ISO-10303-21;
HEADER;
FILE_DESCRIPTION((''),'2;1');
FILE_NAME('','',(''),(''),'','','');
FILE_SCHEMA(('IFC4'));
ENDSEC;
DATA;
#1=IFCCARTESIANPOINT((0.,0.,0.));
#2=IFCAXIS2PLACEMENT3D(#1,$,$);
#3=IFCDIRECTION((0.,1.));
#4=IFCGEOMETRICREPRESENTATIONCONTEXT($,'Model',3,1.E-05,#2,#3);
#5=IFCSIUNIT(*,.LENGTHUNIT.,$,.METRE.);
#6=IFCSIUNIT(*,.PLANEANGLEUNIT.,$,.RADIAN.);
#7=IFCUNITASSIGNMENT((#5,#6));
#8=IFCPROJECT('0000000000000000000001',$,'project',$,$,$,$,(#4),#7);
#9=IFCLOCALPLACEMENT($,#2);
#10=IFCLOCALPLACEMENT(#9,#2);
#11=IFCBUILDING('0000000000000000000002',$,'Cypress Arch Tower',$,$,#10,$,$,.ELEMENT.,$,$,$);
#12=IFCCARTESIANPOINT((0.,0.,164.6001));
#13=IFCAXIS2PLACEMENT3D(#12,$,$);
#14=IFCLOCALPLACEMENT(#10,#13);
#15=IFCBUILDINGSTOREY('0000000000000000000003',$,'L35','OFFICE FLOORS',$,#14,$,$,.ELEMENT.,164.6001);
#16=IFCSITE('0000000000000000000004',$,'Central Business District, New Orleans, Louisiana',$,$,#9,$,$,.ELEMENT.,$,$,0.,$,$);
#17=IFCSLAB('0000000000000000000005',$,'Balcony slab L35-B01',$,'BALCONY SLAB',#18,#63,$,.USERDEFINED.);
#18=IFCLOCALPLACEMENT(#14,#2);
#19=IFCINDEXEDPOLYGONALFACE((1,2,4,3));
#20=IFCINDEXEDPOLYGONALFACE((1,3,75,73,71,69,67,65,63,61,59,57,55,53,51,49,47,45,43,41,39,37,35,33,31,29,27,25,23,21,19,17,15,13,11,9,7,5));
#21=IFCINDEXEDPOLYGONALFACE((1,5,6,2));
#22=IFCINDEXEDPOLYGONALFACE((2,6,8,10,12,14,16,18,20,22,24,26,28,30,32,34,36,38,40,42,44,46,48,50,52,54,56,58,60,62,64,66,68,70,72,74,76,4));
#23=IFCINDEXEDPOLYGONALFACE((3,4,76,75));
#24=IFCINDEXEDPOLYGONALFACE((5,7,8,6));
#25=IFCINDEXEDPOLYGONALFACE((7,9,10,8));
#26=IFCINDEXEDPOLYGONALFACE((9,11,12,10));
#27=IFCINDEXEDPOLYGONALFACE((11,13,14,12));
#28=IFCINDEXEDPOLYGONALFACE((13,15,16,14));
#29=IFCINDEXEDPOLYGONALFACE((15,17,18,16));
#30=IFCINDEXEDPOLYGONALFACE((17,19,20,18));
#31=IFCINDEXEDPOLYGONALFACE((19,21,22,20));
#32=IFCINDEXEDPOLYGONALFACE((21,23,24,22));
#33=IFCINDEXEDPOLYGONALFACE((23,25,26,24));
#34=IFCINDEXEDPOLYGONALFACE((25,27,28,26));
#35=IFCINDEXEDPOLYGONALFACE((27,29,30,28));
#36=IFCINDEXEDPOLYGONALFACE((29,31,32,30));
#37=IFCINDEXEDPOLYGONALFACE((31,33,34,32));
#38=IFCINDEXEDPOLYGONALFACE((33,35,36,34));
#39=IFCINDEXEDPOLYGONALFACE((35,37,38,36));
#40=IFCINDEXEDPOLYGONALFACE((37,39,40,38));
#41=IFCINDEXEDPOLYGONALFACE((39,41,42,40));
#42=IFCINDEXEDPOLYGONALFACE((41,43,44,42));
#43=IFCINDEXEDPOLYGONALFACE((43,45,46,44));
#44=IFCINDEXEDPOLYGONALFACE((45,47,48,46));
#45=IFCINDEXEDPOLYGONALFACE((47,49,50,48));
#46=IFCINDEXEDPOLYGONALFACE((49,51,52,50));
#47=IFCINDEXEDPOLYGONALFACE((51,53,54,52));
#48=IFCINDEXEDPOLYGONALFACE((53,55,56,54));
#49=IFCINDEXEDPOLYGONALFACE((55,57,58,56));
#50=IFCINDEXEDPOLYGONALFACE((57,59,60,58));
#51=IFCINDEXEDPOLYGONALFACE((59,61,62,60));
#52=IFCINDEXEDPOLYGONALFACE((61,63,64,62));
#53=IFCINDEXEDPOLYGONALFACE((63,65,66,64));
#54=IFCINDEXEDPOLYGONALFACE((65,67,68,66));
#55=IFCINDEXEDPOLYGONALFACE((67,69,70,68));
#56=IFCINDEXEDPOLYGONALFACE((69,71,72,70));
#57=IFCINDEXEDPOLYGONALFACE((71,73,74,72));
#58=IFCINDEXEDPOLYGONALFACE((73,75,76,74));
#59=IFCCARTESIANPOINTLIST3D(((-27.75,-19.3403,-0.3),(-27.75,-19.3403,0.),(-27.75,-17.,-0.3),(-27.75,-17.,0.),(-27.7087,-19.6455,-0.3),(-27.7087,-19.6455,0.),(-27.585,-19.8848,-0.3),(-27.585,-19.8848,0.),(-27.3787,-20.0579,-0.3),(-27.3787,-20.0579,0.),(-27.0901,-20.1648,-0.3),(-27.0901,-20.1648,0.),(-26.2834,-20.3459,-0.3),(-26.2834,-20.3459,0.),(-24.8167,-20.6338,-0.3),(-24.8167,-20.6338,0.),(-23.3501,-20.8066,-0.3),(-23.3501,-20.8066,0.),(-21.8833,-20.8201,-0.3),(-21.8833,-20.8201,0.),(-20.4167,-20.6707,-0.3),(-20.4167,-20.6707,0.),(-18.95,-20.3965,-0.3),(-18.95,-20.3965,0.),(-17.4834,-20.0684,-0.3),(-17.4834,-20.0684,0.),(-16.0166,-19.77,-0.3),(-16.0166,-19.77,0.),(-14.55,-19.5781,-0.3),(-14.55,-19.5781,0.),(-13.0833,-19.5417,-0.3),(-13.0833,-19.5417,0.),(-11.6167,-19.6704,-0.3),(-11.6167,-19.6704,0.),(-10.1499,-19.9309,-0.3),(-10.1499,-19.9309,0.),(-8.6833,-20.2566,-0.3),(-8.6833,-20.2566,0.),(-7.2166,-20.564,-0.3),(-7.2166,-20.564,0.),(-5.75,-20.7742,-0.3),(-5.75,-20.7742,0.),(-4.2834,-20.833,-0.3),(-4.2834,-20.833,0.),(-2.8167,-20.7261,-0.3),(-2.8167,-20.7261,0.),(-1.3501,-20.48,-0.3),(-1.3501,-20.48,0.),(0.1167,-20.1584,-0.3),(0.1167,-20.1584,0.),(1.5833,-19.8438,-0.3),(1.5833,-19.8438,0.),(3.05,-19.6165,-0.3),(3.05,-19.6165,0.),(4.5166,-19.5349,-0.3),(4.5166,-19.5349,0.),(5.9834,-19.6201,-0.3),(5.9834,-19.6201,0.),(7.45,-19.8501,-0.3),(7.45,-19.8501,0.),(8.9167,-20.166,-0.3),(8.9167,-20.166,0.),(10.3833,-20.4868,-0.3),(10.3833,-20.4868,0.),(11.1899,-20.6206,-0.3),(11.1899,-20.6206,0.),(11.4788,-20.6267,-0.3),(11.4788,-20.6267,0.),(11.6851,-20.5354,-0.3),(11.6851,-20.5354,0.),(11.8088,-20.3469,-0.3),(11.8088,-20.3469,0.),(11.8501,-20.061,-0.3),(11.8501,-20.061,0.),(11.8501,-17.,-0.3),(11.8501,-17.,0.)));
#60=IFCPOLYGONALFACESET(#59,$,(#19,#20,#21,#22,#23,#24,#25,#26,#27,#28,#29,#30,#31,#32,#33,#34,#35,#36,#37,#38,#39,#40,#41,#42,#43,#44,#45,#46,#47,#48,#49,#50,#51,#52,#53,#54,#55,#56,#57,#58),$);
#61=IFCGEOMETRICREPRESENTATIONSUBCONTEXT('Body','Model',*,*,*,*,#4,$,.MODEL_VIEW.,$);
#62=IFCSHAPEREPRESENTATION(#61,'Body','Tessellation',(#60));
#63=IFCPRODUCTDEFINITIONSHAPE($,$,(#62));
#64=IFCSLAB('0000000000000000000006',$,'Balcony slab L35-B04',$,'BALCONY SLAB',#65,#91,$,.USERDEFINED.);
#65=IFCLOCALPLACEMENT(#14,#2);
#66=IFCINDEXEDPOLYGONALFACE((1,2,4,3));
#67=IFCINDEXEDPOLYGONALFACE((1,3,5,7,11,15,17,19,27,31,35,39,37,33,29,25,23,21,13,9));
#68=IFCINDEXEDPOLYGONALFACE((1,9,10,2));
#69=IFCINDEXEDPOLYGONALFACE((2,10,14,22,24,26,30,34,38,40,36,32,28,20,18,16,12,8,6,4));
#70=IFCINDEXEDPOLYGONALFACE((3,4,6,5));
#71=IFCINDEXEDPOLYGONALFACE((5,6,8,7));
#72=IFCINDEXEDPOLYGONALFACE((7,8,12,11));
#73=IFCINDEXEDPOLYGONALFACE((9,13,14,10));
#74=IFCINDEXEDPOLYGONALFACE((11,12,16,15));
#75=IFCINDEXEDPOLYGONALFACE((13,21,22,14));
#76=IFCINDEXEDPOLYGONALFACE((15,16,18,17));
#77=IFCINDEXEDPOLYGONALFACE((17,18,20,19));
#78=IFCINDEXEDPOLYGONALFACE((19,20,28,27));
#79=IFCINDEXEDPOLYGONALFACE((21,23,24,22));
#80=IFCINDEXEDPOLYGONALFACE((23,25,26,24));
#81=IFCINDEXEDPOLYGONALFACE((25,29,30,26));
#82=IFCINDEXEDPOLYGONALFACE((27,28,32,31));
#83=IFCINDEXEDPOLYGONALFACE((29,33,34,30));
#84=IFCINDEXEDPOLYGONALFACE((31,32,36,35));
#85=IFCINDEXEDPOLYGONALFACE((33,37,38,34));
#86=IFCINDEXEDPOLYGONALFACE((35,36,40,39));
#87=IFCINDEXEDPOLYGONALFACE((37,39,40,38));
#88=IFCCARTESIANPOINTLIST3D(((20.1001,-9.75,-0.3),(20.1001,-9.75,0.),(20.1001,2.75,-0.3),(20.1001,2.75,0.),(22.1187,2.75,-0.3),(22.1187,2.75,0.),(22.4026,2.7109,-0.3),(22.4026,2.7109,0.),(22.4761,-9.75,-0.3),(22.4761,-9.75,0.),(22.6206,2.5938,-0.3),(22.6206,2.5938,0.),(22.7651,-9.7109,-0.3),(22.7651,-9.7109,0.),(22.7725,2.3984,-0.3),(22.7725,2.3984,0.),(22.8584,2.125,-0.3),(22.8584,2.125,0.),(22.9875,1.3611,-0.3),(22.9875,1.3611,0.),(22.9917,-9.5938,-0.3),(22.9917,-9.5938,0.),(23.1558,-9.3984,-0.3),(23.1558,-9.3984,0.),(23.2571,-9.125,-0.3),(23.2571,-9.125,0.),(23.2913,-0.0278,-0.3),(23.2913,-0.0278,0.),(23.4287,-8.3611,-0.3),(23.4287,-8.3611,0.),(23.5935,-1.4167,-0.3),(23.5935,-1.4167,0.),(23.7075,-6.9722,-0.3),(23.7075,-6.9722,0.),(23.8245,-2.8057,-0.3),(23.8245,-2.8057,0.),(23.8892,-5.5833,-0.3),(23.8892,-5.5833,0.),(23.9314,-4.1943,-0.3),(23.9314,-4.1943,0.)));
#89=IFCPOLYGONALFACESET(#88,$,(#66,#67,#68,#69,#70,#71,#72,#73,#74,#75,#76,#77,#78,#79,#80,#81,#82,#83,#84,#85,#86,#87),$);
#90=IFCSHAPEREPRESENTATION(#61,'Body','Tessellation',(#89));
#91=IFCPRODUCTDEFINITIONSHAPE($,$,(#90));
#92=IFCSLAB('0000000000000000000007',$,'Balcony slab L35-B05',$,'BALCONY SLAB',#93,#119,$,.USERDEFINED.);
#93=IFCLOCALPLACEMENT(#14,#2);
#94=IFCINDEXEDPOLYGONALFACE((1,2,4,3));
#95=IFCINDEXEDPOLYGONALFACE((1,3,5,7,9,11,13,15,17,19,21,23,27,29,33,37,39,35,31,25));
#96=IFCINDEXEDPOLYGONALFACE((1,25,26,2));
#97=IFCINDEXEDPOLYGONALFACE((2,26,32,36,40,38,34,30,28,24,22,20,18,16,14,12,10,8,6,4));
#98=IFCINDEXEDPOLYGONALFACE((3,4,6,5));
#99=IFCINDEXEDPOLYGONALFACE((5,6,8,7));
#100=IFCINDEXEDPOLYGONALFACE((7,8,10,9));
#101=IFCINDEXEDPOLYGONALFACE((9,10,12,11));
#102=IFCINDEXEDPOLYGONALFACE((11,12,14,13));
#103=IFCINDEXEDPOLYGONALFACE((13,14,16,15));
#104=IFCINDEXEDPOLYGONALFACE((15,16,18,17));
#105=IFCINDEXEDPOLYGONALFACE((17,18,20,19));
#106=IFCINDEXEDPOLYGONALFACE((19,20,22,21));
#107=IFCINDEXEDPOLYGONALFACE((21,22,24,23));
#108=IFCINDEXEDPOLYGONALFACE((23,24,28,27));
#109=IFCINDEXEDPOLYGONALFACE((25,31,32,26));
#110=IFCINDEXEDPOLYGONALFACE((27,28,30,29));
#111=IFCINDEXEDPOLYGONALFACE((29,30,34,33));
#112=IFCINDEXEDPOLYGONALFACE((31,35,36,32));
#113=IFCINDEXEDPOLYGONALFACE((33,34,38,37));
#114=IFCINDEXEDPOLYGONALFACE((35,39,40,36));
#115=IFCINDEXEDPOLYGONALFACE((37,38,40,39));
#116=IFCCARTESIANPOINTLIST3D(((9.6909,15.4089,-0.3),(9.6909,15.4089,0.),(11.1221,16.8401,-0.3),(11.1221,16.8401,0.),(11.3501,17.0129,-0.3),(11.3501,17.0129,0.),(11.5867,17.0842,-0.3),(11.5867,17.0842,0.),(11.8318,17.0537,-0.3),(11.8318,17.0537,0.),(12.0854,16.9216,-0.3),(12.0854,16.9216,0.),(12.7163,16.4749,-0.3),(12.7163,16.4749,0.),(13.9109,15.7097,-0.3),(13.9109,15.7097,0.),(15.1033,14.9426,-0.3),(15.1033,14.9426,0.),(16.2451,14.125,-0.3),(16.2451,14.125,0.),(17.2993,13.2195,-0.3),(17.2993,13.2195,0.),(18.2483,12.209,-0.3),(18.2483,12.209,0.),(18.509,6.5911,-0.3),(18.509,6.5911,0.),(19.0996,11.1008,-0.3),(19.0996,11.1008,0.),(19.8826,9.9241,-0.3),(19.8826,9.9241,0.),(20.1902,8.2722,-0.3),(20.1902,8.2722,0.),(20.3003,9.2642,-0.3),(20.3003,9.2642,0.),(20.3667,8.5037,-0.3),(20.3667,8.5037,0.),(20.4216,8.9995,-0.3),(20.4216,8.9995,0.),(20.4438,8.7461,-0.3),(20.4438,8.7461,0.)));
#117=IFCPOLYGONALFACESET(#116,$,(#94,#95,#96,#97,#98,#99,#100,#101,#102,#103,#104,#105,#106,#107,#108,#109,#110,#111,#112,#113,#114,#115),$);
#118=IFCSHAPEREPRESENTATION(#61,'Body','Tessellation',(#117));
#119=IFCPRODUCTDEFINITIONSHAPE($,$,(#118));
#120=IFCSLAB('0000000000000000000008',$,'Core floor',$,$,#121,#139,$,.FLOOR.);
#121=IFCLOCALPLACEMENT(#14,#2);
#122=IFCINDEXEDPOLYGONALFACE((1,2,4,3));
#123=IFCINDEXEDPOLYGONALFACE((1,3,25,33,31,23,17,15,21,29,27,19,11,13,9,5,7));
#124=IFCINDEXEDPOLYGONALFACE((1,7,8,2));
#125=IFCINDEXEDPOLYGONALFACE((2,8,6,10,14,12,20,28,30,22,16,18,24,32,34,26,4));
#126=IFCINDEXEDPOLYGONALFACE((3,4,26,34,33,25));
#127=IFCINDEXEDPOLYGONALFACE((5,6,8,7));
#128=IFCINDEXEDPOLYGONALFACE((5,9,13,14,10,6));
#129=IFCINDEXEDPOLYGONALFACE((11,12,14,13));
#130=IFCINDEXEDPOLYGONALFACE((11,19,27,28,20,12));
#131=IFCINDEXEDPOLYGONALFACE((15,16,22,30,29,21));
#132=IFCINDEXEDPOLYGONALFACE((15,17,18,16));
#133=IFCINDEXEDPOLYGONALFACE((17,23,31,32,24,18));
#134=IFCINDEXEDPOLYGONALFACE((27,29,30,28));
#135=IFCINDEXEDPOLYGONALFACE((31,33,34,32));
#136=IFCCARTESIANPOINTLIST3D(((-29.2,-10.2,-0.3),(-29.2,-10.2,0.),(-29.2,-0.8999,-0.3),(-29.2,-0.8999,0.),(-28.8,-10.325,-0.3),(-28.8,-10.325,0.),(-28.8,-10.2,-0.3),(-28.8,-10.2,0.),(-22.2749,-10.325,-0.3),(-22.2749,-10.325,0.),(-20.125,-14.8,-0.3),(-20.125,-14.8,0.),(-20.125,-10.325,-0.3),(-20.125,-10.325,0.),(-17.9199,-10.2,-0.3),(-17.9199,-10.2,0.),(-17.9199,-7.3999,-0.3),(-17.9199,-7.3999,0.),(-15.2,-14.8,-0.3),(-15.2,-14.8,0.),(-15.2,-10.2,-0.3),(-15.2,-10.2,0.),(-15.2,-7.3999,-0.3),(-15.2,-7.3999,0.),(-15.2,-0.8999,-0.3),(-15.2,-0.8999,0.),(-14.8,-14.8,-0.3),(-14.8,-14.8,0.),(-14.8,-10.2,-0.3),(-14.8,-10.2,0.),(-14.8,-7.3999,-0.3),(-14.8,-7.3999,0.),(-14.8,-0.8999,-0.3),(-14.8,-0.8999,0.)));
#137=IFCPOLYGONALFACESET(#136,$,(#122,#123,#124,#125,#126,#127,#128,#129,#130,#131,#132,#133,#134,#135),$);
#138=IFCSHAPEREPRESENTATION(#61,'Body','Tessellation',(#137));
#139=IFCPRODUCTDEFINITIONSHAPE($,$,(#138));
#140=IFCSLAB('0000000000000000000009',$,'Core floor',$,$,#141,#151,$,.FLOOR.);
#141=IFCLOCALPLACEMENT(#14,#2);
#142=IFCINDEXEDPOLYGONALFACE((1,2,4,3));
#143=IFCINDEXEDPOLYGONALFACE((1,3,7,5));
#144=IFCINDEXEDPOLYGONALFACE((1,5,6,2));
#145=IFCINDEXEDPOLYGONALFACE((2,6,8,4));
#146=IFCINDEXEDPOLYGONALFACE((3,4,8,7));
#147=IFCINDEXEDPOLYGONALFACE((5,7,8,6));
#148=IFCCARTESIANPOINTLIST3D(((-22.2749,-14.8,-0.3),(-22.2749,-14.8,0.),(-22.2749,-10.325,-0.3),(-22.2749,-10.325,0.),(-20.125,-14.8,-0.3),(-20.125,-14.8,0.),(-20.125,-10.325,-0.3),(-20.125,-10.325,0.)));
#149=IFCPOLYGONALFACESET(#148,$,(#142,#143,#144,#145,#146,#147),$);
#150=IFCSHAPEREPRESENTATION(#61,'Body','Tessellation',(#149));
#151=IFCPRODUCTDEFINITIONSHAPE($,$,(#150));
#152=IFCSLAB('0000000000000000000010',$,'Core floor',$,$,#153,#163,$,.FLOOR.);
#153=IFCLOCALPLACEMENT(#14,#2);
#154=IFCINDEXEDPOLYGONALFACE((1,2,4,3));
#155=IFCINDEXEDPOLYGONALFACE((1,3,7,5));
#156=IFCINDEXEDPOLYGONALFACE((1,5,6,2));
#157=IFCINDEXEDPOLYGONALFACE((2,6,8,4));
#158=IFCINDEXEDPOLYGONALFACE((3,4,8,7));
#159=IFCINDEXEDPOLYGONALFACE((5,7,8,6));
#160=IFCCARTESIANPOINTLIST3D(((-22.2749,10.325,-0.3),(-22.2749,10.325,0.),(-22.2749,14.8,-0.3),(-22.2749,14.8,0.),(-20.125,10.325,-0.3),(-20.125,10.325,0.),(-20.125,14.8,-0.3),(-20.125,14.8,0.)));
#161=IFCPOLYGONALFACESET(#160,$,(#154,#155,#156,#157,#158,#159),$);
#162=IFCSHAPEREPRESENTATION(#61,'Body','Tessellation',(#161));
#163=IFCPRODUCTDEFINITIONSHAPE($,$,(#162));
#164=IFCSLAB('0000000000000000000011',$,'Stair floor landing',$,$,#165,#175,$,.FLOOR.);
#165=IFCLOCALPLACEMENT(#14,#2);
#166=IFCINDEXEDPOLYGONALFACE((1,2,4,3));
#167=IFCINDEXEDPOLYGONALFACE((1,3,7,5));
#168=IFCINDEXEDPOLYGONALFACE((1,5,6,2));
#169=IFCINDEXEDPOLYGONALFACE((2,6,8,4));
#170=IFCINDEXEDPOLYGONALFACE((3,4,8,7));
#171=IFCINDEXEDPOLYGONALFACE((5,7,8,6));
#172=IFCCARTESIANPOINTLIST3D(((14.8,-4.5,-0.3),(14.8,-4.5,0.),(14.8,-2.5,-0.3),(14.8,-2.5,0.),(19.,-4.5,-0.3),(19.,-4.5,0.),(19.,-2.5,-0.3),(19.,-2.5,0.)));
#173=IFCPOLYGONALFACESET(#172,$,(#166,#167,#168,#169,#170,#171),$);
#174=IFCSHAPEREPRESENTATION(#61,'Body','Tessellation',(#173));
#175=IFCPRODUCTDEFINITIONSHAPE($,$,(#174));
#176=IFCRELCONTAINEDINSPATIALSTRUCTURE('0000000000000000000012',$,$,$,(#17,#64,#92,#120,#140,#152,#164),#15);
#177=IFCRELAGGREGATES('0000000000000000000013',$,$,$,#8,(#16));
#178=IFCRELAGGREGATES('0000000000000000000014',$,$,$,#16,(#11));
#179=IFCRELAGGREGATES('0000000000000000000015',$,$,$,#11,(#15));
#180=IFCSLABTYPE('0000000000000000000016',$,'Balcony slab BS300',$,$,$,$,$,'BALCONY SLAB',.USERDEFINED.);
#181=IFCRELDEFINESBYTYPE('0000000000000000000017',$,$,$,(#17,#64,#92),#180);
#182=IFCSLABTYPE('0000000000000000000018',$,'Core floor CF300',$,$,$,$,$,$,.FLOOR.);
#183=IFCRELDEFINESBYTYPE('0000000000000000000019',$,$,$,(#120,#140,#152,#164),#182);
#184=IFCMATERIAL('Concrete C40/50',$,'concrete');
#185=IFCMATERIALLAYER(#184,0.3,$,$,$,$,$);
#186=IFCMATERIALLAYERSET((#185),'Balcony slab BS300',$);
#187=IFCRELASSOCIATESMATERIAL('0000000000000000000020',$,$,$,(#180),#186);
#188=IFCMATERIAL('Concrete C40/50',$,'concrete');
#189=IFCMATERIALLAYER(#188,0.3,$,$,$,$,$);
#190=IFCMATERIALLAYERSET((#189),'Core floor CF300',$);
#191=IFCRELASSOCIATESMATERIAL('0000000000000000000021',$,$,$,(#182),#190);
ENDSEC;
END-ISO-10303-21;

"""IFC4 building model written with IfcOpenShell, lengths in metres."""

from ifc_helpers import new_model, si_unit, direction, frame, origin, place, context, subcontext, project, spatial, polyline, outline, extrude, material, layer, layer_set, type_object, element, save


model = new_model("IFC4")

# Units and contexts
model_context = context("Model", 3, precision=1e-05, world=origin(), true_north=direction((0.0, 1.0)))
body_context = subcontext(model_context, "Body", "Model", "MODEL_VIEW")
ifc_project = project(units=[si_unit("LENGTHUNIT", "METRE"), si_unit("PLANEANGLEUNIT", "RADIAN")], contexts=[model_context])

# Site, building, storey
site_placement = place(None, origin())
site = spatial("IfcSite", under=ifc_project, at=site_placement, Name="Central Business District, New Orleans, Louisiana", CompositionType="ELEMENT", RefElevation=0.0)
building_placement = place(site_placement, origin())
building = spatial("IfcBuilding", under=site, at=building_placement, Name="Cypress Arch Tower", CompositionType="ELEMENT")
storey_placement = place(building_placement, frame((0.0, 0.0, 164.6001)))
storey = spatial("IfcBuildingStorey", under=building, at=storey_placement, Name="L35", Description="OFFICE FLOORS", CompositionType="ELEMENT", Elevation=164.6001)

# Slabs
ifc_material_1 = material(Name="Concrete C40/50", Category="concrete")
ifc_layer_1 = layer(ifc_material_1, 0.3)
ifc_layer_set_1 = layer_set([ifc_layer_1], Name="Balcony slab BS300")
slab_type_1 = type_object("IfcSlabType", Name="Balcony slab BS300", ElementType="BALCONY SLAB", PredefinedType="USERDEFINED", material=ifc_layer_set_1)
slab_1_placement = place(storey_placement, frame((0.0, 0.0, -0.3)))
element("IfcSlab", 1, at=slab_1_placement, inside=storey, type_object=slab_type_1, Name="Balcony slab L35-B01", ObjectType="BALCONY SLAB", PredefinedType="USERDEFINED", context=body_context, shape_type="SweptSolid", body=[
    extrude(outline(polyline([(-27.75, -17.0), (-27.75, -19.3403), (-27.7087, -19.6455), (-27.585, -19.8848), (-27.3787, -20.0579), (-27.0901, -20.1648), (-26.2834, -20.3459), (-24.8167, -20.6338), (-23.3501, -20.8066), (-21.8833, -20.8201), (-20.4167, -20.6707), (-18.95, -20.3965), (-17.4834, -20.0684), (-16.0166, -19.77), (-14.55, -19.5781), (-13.0833, -19.5417), (-11.6167, -19.6704), (-10.1499, -19.9309), (-8.6833, -20.2566), (-7.2166, -20.564), (-5.75, -20.7742), (-4.2834, -20.833), (-2.8167, -20.7261), (-1.3501, -20.48), (0.1167, -20.1584), (1.5833, -19.8438), (3.05, -19.6165), (4.5166, -19.5349), (5.9834, -19.6201), (7.45, -19.8501), (8.9167, -20.166), (10.3833, -20.4868), (11.1899, -20.6206), (11.4788, -20.6267), (11.6851, -20.5354), (11.8088, -20.3469), (11.8501, -20.061), (11.8501, -17.0), (-27.75, -17.0)])), origin(), (0.0, 0.0, 1.0), 0.3),
])
slab_2_placement = place(storey_placement, frame((0.0, 0.0, -0.3)))
element("IfcSlab", 2, at=slab_2_placement, inside=storey, type_object=slab_type_1, Name="Balcony slab L35-B04", ObjectType="BALCONY SLAB", PredefinedType="USERDEFINED", context=body_context, shape_type="SweptSolid", body=[
    extrude(outline(polyline([(20.1001, -9.75), (22.4761, -9.75), (22.7651, -9.7109), (22.9917, -9.5938), (23.1558, -9.3984), (23.2571, -9.125), (23.4287, -8.3611), (23.7075, -6.9722), (23.8892, -5.5833), (23.9314, -4.1943), (23.8245, -2.8057), (23.5935, -1.4167), (23.2913, -0.0278), (22.9875, 1.3611), (22.8584, 2.125), (22.7725, 2.3984), (22.6206, 2.5938), (22.4026, 2.7109), (22.1187, 2.75), (20.1001, 2.75), (20.1001, -9.75)])), origin(), (0.0, 0.0, 1.0), 0.3),
])
slab_3_placement = place(storey_placement, frame((0.0, 0.0, -0.3)))
element("IfcSlab", 3, at=slab_3_placement, inside=storey, type_object=slab_type_1, Name="Balcony slab L35-B05", ObjectType="BALCONY SLAB", PredefinedType="USERDEFINED", context=body_context, shape_type="SweptSolid", body=[
    extrude(outline(polyline([(18.509, 6.5911), (20.1902, 8.2722), (20.3667, 8.5037), (20.4438, 8.7461), (20.4216, 8.9995), (20.3003, 9.2642), (19.8826, 9.9241), (19.0996, 11.1008), (18.2483, 12.209), (17.2993, 13.2195), (16.2451, 14.125), (15.1033, 14.9426), (13.9109, 15.7097), (12.7163, 16.4749), (12.0854, 16.9216), (11.8318, 17.0537), (11.5867, 17.0842), (11.3501, 17.0129), (11.1221, 16.8401), (9.6909, 15.4089), (18.509, 6.5911)])), origin(), (0.0, 0.0, 1.0), 0.3),
])
ifc_material_2 = material(Name="Concrete C40/50", Category="concrete")
ifc_layer_2 = layer(ifc_material_2, 0.3)
ifc_layer_set_2 = layer_set([ifc_layer_2], Name="Core floor CF300")
slab_type_2 = type_object("IfcSlabType", Name="Core floor CF300", PredefinedType="FLOOR", material=ifc_layer_set_2)
slab_4_placement = place(storey_placement, frame((0.0, 0.0, -0.3)))
element("IfcSlab", 4, at=slab_4_placement, inside=storey, type_object=slab_type_2, Name="Core floor", PredefinedType="FLOOR", context=body_context, shape_type="SweptSolid", body=[
    extrude(outline(polyline([(-28.8, -10.2), (-29.2, -10.2), (-29.2, -0.8999), (-15.2, -0.8999), (-14.8, -0.8999), (-14.8, -7.3999), (-15.2, -7.3999), (-17.9199, -7.3999), (-17.9199, -10.2), (-15.2, -10.2), (-14.8, -10.2), (-14.8, -14.8), (-15.2, -14.8), (-20.125, -14.8), (-20.125, -10.325), (-22.2749, -10.325), (-28.8, -10.325), (-28.8, -10.2)])), origin(), (0.0, 0.0, 1.0), 0.3),
])
slab_5_placement = place(storey_placement, frame((0.0, 0.0, -0.3)))
element("IfcSlab", 5, at=slab_5_placement, inside=storey, type_object=slab_type_2, Name="Core floor", PredefinedType="FLOOR", context=body_context, shape_type="SweptSolid", body=[
    extrude(outline(polyline([(-22.2749, -10.325), (-22.2749, -14.8), (-20.125, -14.8), (-20.125, -10.325), (-22.2749, -10.325)])), origin(), (0.0, 0.0, 1.0), 0.3),
])
slab_6_placement = place(storey_placement, frame((0.0, 0.0, -0.3)))
element("IfcSlab", 6, at=slab_6_placement, inside=storey, type_object=slab_type_2, Name="Core floor", PredefinedType="FLOOR", context=body_context, shape_type="SweptSolid", body=[
    extrude(outline(polyline([(-20.125, 14.8), (-22.2749, 14.8), (-22.2749, 10.325), (-20.125, 10.325), (-20.125, 14.8)])), origin(), (0.0, 0.0, 1.0), 0.3),
])
slab_7_placement = place(storey_placement, frame((0.0, 0.0, -0.3)))
element("IfcSlab", 7, at=slab_7_placement, inside=storey, type_object=slab_type_2, Name="Stair floor landing", PredefinedType="FLOOR", context=body_context, shape_type="SweptSolid", body=[
    extrude(outline(polyline([(19.0, -4.5), (19.0, -2.5), (14.8, -2.5), (14.8, -4.5), (19.0, -4.5)])), origin(), (0.0, 0.0, 1.0), 0.3),
])

save(model, "model.ifc")
